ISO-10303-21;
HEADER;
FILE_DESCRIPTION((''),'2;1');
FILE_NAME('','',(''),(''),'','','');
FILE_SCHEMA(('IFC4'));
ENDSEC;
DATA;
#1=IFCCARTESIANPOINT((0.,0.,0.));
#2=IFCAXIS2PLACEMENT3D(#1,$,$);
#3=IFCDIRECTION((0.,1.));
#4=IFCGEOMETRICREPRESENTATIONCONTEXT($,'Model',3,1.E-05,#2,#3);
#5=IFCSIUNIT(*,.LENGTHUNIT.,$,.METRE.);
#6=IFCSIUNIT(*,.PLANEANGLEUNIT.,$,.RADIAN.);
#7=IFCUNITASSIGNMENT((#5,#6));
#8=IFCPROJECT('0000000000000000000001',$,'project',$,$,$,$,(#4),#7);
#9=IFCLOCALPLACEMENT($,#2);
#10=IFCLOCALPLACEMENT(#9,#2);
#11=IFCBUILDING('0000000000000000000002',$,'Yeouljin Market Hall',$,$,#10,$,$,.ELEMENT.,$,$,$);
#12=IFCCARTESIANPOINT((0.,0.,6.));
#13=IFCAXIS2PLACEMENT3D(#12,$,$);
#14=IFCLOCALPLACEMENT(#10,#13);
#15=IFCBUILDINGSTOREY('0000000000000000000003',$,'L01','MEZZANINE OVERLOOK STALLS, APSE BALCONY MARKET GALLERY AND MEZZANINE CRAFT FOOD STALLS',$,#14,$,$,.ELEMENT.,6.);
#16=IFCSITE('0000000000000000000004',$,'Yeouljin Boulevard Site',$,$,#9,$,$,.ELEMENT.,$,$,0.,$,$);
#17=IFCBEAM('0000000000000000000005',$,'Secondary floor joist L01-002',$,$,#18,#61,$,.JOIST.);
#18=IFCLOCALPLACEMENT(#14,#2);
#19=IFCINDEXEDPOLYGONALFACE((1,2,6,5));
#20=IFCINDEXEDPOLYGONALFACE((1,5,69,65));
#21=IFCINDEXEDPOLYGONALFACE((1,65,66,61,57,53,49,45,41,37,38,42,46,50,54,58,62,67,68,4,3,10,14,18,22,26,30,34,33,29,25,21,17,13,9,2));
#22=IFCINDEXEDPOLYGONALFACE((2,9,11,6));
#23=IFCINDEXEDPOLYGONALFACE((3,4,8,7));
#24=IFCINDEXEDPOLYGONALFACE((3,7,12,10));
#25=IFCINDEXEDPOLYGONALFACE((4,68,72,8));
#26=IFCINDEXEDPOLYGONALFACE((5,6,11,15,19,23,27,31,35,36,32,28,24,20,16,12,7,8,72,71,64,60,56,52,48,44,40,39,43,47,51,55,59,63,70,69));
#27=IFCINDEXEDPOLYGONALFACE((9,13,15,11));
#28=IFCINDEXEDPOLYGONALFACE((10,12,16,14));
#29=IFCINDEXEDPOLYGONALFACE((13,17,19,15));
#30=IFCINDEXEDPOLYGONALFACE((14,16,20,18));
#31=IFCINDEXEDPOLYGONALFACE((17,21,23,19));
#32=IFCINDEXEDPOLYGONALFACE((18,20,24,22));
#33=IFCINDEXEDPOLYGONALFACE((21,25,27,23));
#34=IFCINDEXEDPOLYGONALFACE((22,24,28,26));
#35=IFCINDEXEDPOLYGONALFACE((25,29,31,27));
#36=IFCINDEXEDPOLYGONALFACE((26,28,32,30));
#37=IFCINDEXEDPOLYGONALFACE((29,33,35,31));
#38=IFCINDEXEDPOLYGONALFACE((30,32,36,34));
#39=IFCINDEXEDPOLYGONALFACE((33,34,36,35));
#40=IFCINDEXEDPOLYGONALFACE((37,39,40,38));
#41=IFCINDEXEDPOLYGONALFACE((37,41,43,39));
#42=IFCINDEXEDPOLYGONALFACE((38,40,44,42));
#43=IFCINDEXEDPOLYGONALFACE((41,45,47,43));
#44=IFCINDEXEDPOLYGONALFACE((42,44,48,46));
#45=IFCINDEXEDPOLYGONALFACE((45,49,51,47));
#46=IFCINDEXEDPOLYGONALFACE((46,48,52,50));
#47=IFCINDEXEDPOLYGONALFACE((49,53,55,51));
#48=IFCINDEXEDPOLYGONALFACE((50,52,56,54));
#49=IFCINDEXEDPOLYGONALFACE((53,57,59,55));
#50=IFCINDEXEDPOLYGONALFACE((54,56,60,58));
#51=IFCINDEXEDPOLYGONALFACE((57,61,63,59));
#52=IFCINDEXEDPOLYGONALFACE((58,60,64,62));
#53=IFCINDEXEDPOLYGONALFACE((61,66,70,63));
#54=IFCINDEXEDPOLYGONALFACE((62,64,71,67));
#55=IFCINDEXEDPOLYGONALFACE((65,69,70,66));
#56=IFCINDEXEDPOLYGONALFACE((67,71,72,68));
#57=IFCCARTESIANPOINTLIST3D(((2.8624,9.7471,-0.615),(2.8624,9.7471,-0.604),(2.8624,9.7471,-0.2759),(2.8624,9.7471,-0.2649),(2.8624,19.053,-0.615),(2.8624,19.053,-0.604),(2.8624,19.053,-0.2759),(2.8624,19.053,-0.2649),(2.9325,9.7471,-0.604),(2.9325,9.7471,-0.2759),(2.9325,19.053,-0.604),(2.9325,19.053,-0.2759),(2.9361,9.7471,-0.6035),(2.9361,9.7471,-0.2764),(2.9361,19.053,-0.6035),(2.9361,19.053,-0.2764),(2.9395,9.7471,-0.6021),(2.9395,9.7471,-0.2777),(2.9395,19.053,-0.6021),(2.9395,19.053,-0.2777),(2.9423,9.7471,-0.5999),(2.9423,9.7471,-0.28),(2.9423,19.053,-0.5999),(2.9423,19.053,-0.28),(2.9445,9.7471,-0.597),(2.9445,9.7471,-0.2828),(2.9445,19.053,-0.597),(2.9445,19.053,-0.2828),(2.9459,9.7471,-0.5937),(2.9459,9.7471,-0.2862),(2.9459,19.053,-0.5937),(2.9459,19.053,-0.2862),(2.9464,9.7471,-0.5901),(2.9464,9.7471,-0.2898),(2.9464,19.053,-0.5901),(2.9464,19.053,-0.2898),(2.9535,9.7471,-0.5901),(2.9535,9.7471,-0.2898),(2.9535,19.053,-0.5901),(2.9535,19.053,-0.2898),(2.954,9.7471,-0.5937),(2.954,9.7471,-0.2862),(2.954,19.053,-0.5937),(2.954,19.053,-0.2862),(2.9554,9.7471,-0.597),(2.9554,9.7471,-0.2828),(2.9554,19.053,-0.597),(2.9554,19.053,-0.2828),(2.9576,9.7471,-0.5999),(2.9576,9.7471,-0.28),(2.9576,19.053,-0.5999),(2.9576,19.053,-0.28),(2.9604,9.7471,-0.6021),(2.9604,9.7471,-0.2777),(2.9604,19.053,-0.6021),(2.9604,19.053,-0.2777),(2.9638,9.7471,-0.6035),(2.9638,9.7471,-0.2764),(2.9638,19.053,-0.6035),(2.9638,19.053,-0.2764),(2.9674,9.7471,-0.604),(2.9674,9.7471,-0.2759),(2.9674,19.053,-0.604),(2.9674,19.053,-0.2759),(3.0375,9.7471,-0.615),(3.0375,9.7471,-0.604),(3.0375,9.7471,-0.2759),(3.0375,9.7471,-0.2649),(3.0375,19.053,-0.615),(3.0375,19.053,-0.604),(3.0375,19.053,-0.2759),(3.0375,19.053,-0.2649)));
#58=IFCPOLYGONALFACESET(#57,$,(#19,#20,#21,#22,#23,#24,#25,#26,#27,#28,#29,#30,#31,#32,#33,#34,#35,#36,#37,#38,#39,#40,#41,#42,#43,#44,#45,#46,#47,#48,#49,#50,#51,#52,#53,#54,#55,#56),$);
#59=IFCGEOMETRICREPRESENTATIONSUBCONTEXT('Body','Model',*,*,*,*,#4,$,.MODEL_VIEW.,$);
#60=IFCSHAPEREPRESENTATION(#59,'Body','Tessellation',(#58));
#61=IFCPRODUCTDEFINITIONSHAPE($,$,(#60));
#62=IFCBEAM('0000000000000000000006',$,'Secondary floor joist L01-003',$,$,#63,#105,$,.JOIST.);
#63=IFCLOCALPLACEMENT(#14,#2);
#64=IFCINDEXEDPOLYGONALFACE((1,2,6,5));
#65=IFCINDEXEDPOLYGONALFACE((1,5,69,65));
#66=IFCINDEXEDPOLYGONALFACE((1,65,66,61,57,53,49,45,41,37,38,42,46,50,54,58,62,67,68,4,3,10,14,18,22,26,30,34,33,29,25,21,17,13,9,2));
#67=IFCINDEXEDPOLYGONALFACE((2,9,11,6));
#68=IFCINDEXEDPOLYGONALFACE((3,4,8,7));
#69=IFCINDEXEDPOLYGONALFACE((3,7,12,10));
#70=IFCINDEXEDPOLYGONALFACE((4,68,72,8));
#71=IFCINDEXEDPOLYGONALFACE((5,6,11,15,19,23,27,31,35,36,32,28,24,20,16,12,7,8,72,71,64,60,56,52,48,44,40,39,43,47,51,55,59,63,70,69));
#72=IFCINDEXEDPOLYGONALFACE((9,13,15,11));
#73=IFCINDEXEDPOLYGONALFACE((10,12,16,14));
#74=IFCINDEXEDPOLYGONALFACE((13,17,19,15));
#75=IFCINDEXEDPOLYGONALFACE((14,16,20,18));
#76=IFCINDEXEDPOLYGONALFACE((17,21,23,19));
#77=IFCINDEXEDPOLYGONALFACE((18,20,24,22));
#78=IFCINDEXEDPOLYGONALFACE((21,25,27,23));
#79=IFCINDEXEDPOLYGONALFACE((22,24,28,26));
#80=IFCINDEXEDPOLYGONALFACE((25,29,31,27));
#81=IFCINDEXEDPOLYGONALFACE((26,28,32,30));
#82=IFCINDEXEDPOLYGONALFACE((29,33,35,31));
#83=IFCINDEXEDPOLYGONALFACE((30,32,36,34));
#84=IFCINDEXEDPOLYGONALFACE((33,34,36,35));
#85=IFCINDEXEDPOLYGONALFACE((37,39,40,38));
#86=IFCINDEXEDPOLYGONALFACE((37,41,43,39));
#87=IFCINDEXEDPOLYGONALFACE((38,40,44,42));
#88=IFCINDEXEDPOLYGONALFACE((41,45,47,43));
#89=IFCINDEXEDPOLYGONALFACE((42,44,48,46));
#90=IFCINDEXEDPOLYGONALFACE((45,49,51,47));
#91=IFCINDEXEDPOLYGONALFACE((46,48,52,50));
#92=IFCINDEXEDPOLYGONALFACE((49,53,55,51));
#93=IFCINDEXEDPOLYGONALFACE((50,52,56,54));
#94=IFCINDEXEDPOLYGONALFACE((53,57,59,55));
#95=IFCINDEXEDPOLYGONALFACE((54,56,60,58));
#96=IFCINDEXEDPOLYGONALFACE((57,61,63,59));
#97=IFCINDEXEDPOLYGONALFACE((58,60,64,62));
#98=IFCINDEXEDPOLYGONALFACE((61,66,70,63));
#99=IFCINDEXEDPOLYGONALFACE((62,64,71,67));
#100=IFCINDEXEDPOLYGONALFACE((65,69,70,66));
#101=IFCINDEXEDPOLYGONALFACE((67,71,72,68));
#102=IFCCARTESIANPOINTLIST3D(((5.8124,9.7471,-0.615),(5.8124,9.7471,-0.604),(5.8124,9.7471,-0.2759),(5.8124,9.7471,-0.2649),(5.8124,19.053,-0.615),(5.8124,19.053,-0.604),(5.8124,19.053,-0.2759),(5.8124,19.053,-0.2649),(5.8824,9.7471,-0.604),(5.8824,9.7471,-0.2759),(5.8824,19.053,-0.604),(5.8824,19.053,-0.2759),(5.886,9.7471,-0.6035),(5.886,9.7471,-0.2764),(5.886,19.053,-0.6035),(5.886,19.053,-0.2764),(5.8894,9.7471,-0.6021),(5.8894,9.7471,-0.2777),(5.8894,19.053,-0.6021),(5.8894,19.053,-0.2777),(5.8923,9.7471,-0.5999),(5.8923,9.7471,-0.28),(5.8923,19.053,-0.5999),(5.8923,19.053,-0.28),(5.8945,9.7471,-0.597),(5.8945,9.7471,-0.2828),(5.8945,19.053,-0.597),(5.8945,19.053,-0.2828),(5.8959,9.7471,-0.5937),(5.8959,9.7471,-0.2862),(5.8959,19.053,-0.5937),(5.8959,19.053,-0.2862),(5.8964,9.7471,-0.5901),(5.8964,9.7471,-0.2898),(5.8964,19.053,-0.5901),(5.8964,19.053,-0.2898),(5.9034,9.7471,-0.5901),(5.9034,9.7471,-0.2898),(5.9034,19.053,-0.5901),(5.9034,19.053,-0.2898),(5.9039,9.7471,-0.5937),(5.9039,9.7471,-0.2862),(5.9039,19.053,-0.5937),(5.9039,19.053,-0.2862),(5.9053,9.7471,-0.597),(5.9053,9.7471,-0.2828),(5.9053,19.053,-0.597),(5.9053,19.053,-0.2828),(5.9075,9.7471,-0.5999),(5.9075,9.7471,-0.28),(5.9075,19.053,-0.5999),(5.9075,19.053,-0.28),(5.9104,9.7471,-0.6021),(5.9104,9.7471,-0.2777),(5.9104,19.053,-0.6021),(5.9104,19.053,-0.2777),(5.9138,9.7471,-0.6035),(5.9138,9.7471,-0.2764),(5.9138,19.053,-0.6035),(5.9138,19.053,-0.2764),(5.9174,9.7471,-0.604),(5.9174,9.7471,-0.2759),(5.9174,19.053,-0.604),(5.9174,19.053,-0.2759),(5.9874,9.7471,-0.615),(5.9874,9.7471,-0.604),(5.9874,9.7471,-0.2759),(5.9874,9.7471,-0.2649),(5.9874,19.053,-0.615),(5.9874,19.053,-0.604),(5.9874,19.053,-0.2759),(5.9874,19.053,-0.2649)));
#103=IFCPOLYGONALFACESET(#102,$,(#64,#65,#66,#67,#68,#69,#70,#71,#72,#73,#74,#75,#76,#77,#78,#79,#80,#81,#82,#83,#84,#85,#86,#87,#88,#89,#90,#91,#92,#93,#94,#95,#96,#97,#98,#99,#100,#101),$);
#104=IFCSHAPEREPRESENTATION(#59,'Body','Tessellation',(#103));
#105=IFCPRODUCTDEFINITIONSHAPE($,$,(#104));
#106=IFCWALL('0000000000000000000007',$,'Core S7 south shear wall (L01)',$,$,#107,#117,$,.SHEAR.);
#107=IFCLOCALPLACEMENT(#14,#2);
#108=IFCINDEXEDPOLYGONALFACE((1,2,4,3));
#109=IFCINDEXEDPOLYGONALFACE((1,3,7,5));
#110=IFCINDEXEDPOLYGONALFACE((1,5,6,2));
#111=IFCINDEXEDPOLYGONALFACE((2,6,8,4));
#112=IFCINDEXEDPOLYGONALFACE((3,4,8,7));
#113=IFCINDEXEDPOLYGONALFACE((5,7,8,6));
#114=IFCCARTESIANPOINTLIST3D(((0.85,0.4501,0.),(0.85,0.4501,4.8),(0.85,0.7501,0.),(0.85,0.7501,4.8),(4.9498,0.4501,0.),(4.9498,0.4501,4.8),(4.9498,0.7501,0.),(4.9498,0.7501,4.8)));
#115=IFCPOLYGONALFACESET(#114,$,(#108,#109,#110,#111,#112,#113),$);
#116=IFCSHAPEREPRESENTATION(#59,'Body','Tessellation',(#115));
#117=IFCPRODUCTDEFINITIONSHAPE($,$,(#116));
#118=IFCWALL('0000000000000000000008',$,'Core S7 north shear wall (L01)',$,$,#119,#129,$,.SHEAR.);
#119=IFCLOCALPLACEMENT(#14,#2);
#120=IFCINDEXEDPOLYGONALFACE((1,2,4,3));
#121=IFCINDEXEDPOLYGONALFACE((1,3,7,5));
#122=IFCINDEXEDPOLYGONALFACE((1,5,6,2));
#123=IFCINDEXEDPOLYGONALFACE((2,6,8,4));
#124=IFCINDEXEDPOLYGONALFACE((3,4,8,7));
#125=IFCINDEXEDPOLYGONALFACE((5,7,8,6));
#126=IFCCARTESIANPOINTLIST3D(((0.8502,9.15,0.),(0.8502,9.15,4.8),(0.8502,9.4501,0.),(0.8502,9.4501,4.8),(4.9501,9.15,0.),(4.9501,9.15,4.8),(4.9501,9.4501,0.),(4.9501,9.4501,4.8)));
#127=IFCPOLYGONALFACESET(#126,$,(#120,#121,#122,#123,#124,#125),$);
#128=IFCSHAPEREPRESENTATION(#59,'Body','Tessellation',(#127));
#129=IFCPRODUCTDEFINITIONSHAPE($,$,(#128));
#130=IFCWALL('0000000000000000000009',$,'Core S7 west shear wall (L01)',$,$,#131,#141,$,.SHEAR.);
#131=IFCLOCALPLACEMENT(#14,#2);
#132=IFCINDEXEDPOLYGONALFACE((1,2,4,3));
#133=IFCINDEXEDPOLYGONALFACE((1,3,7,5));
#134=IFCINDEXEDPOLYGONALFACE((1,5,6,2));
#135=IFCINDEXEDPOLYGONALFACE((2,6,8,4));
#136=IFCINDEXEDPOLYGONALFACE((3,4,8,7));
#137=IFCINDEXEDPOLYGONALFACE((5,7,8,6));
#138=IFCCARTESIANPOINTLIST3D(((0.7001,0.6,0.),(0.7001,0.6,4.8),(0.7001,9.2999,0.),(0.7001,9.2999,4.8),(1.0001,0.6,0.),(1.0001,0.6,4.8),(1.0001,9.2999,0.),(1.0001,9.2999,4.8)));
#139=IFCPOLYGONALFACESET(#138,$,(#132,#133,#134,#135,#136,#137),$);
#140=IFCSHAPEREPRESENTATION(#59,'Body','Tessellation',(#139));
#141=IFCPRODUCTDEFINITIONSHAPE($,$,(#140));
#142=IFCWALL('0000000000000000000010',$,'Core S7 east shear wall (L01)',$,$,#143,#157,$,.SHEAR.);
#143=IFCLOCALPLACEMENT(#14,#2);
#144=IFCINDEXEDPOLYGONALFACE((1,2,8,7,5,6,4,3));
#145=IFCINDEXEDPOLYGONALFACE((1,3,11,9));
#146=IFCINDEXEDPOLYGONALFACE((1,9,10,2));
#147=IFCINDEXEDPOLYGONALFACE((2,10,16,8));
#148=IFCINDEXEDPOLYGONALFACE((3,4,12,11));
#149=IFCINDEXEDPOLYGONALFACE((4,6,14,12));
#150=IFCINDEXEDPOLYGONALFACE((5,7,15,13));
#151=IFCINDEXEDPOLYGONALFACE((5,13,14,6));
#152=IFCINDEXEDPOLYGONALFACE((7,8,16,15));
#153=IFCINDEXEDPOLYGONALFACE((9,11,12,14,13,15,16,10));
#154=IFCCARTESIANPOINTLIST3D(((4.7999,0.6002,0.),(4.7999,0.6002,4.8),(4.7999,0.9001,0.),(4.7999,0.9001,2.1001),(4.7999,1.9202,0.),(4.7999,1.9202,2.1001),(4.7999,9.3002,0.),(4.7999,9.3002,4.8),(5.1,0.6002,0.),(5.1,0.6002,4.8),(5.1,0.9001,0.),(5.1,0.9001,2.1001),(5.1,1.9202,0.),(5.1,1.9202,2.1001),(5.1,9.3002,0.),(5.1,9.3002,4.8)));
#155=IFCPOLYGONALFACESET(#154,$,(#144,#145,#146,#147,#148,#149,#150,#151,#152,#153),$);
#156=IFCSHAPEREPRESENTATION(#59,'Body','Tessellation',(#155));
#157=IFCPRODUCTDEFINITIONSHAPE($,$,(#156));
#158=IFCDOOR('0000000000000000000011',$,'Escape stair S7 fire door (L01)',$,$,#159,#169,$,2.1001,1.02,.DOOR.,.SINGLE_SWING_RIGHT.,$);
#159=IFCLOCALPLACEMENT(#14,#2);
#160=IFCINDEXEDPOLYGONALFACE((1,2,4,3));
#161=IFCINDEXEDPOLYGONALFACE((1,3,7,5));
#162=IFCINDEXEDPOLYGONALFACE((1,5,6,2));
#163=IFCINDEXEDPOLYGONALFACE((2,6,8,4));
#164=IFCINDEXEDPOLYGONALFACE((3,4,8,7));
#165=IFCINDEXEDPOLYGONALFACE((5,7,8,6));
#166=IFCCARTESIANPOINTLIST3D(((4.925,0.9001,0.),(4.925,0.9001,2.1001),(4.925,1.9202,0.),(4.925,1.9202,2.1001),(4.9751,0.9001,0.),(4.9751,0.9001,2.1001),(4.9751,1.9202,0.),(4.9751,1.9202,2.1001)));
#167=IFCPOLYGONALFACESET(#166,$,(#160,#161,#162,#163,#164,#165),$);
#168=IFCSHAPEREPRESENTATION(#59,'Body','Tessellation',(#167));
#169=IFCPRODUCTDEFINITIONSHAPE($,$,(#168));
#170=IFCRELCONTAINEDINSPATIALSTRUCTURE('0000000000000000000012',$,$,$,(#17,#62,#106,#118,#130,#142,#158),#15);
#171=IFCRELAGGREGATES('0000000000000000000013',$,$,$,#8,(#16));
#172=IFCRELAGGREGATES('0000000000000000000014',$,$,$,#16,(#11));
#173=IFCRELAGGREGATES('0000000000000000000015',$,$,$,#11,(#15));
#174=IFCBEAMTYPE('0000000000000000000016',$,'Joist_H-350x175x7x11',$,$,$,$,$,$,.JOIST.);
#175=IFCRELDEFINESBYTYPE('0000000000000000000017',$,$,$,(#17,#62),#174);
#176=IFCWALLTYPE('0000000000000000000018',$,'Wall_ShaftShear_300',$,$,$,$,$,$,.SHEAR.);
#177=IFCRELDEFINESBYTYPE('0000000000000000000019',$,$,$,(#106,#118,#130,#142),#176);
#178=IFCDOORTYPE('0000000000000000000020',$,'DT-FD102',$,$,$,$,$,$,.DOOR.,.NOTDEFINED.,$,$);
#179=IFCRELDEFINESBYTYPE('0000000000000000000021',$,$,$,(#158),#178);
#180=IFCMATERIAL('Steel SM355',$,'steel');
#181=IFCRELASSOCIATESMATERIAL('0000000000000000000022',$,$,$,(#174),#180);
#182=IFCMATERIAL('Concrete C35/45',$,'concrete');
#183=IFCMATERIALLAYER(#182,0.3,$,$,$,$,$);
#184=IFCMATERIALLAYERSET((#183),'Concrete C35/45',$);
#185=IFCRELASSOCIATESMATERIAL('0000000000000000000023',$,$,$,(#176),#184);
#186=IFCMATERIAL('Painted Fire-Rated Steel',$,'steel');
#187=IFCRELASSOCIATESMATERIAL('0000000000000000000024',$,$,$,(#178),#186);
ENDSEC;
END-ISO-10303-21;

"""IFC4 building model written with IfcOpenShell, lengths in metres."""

from ifc_helpers import new_model, si_unit, direction, frame, frame_2d, origin, origin_2d, place, context, subcontext, project, spatial, rectangle, i_section, extrude, material, layer, layer_set, material_profile, profile_set, type_object, element, fill, save


model = new_model("IFC4")

# Units and contexts
model_context = context("Model", 3, precision=1e-05, world=origin(), true_north=direction((0.0, 1.0)))
body_context = subcontext(model_context, "Body", "Model", "MODEL_VIEW")
ifc_project = project(units=[si_unit("LENGTHUNIT", "METRE"), si_unit("PLANEANGLEUNIT", "RADIAN")], contexts=[model_context])

# Site, building, storey
site_placement = place(None, origin())
site = spatial("IfcSite", under=ifc_project, at=site_placement, Name="Yeouljin Boulevard Site", CompositionType="ELEMENT", RefElevation=0.0)
building_placement = place(site_placement, origin())
building = spatial("IfcBuilding", under=site, at=building_placement, Name="Yeouljin Market Hall", CompositionType="ELEMENT")
storey_placement = place(building_placement, frame((0.0, 0.0, 6.0)))
storey = spatial("IfcBuildingStorey", under=building, at=storey_placement, Name="L01", Description="MEZZANINE OVERLOOK STALLS, APSE BALCONY MARKET GALLERY AND MEZZANINE CRAFT FOOD STALLS", CompositionType="ELEMENT", Elevation=6.0)

# Beams
ifc_material_1 = material(Name="Steel SM355", Category="steel")
ifc_material_profile_1 = material_profile(ifc_material_1, i_section(OverallWidth=0.175, OverallDepth=0.3501, WebThickness=0.0071, FlangeThickness=0.011, FilletRadius=0.0139, at=origin_2d()), Name="H-350x175x7x11")
ifc_profile_set_1 = profile_set([ifc_material_profile_1], Name="Steel SM355")
beam_type_1 = type_object("IfcBeamType", Name="Joist_H-350x175x7x11", PredefinedType="JOIST", material=ifc_profile_set_1)
for number, where, z_axis, x_axis, name in (
    (1, (2.95, 9.7471, -0.4399), (0.0, 1.0, 0.0), (-1.0, 0.0, 0.0), "Secondary floor joist L01-002"),
    (2, (5.8999, 9.7471, -0.4399), (0.0, 1.0, 0.0), (-1.0, 0.0, 0.0), "Secondary floor joist L01-003"),
):
    element("IfcBeam", number, at=place(storey_placement, frame(where, z_axis=z_axis, x_axis=x_axis)), inside=storey, type_object=beam_type_1, Name=name, PredefinedType="JOIST", context=body_context, shape_type="SweptSolid", body=[
        extrude(i_section(OverallWidth=0.175, OverallDepth=0.3501, WebThickness=0.0071, FlangeThickness=0.011, FilletRadius=0.0139, at=origin_2d()), origin(), (0.0, 0.0, 1.0), 9.3059),
    ])

# Walls
ifc_material_2 = material(Name="Concrete C35/45", Category="concrete")
ifc_layer_1 = layer(ifc_material_2, 0.3)
ifc_layer_set_1 = layer_set([ifc_layer_1], Name="Concrete C35/45")
wall_type = type_object("IfcWallType", Name="Wall_ShaftShear_300", PredefinedType="SHEAR", material=ifc_layer_set_1)
for number, where, z_axis, x_axis, name in (
    (3, (0.8501, 0.6001, 0.0), (0.0, 0.0, 1.0), (1.0, 0.0, 0.0), "Core S7 south shear wall (L01)"),
    (4, (4.95, 9.3, 0.0), (0.0, 0.0, 1.0), (-1.0, 0.0, 0.0), "Core S7 north shear wall (L01)"),
):
    element("IfcWall", number, at=place(storey_placement, frame(where, z_axis=z_axis, x_axis=x_axis)), inside=storey, type_object=wall_type, Name=name, PredefinedType="SHEAR", context=body_context, shape_type="SweptSolid", body=[
        extrude(rectangle(XDim=4.0999, YDim=0.3, at=frame_2d((2.0498, 0.0))), origin(), (0.0, 0.0, 1.0), 4.8),
    ])
wall_1_placement = place(storey_placement, frame((0.8501, 9.3, 0.0), z_axis=(0.0, 0.0, 1.0), x_axis=(0.0, -1.0, 0.0)))
element("IfcWall", 5, at=wall_1_placement, inside=storey, type_object=wall_type, Name="Core S7 west shear wall (L01)", PredefinedType="SHEAR", context=body_context, shape_type="SweptSolid", body=[
    extrude(rectangle(XDim=8.7, YDim=0.3, at=frame_2d((4.3501, 0.0))), origin(), (0.0, 0.0, 1.0), 4.8),
])

# Wall, opening, door
wall_2_placement = place(storey_placement, frame((4.95, 0.6001, 0.0), z_axis=(0.0, 0.0, 1.0), x_axis=(0.0, 1.0, 0.0)))
wall_2 = element("IfcWall", 6, at=wall_2_placement, inside=storey, type_object=wall_type, Name="Core S7 east shear wall (L01)", PredefinedType="SHEAR", context=body_context, shape_type="SweptSolid", body=[
    extrude(rectangle(XDim=8.7, YDim=0.3, at=frame_2d((4.3501, 0.0))), origin(), (0.0, 0.0, 1.0), 4.8),
])
opening_placement = place(wall_2_placement, frame((0.3, 0.0, 0.0)))
opening = element("IfcOpeningElement", 7, at=opening_placement, cuts=wall_2, PredefinedType="OPENING", context=body_context, shape_type="SweptSolid", body=[
    extrude(rectangle(XDim=1.02, YDim=2.1001, at=frame_2d((0.51, 1.05))), frame((0.0, 0.1599, 0.0), z_axis=(0.0, -1.0, 0.0), x_axis=(1.0, 0.0, 0.0)), (0.0, 0.0, 1.0), 0.3201),
])
ifc_material_3 = material(Name="Painted Fire-Rated Steel", Category="steel")
door_type = type_object("IfcDoorType", Name="DT-FD102", OperationType="NOTDEFINED", PredefinedType="DOOR", material=ifc_material_3)
door_placement = place(opening_placement, origin())
door = element("IfcDoor", 8, at=door_placement, inside=storey, type_object=door_type, Name="Escape stair S7 fire door (L01)", OperationType="SINGLE_SWING_RIGHT", OverallHeight=2.1001, OverallWidth=1.02, PredefinedType="DOOR", context=body_context, shape_type="SweptSolid", body=[
    extrude(rectangle(XDim=1.02, YDim=2.1001, at=frame_2d((0.51, 1.05))), frame((0.0, 0.0249, 0.0), z_axis=(0.0, -1.0, 0.0), x_axis=(1.0, 0.0, 0.0)), (0.0, 0.0, 1.0), 0.05),
])
fill(opening, door)

save(model, "model.ifc")
